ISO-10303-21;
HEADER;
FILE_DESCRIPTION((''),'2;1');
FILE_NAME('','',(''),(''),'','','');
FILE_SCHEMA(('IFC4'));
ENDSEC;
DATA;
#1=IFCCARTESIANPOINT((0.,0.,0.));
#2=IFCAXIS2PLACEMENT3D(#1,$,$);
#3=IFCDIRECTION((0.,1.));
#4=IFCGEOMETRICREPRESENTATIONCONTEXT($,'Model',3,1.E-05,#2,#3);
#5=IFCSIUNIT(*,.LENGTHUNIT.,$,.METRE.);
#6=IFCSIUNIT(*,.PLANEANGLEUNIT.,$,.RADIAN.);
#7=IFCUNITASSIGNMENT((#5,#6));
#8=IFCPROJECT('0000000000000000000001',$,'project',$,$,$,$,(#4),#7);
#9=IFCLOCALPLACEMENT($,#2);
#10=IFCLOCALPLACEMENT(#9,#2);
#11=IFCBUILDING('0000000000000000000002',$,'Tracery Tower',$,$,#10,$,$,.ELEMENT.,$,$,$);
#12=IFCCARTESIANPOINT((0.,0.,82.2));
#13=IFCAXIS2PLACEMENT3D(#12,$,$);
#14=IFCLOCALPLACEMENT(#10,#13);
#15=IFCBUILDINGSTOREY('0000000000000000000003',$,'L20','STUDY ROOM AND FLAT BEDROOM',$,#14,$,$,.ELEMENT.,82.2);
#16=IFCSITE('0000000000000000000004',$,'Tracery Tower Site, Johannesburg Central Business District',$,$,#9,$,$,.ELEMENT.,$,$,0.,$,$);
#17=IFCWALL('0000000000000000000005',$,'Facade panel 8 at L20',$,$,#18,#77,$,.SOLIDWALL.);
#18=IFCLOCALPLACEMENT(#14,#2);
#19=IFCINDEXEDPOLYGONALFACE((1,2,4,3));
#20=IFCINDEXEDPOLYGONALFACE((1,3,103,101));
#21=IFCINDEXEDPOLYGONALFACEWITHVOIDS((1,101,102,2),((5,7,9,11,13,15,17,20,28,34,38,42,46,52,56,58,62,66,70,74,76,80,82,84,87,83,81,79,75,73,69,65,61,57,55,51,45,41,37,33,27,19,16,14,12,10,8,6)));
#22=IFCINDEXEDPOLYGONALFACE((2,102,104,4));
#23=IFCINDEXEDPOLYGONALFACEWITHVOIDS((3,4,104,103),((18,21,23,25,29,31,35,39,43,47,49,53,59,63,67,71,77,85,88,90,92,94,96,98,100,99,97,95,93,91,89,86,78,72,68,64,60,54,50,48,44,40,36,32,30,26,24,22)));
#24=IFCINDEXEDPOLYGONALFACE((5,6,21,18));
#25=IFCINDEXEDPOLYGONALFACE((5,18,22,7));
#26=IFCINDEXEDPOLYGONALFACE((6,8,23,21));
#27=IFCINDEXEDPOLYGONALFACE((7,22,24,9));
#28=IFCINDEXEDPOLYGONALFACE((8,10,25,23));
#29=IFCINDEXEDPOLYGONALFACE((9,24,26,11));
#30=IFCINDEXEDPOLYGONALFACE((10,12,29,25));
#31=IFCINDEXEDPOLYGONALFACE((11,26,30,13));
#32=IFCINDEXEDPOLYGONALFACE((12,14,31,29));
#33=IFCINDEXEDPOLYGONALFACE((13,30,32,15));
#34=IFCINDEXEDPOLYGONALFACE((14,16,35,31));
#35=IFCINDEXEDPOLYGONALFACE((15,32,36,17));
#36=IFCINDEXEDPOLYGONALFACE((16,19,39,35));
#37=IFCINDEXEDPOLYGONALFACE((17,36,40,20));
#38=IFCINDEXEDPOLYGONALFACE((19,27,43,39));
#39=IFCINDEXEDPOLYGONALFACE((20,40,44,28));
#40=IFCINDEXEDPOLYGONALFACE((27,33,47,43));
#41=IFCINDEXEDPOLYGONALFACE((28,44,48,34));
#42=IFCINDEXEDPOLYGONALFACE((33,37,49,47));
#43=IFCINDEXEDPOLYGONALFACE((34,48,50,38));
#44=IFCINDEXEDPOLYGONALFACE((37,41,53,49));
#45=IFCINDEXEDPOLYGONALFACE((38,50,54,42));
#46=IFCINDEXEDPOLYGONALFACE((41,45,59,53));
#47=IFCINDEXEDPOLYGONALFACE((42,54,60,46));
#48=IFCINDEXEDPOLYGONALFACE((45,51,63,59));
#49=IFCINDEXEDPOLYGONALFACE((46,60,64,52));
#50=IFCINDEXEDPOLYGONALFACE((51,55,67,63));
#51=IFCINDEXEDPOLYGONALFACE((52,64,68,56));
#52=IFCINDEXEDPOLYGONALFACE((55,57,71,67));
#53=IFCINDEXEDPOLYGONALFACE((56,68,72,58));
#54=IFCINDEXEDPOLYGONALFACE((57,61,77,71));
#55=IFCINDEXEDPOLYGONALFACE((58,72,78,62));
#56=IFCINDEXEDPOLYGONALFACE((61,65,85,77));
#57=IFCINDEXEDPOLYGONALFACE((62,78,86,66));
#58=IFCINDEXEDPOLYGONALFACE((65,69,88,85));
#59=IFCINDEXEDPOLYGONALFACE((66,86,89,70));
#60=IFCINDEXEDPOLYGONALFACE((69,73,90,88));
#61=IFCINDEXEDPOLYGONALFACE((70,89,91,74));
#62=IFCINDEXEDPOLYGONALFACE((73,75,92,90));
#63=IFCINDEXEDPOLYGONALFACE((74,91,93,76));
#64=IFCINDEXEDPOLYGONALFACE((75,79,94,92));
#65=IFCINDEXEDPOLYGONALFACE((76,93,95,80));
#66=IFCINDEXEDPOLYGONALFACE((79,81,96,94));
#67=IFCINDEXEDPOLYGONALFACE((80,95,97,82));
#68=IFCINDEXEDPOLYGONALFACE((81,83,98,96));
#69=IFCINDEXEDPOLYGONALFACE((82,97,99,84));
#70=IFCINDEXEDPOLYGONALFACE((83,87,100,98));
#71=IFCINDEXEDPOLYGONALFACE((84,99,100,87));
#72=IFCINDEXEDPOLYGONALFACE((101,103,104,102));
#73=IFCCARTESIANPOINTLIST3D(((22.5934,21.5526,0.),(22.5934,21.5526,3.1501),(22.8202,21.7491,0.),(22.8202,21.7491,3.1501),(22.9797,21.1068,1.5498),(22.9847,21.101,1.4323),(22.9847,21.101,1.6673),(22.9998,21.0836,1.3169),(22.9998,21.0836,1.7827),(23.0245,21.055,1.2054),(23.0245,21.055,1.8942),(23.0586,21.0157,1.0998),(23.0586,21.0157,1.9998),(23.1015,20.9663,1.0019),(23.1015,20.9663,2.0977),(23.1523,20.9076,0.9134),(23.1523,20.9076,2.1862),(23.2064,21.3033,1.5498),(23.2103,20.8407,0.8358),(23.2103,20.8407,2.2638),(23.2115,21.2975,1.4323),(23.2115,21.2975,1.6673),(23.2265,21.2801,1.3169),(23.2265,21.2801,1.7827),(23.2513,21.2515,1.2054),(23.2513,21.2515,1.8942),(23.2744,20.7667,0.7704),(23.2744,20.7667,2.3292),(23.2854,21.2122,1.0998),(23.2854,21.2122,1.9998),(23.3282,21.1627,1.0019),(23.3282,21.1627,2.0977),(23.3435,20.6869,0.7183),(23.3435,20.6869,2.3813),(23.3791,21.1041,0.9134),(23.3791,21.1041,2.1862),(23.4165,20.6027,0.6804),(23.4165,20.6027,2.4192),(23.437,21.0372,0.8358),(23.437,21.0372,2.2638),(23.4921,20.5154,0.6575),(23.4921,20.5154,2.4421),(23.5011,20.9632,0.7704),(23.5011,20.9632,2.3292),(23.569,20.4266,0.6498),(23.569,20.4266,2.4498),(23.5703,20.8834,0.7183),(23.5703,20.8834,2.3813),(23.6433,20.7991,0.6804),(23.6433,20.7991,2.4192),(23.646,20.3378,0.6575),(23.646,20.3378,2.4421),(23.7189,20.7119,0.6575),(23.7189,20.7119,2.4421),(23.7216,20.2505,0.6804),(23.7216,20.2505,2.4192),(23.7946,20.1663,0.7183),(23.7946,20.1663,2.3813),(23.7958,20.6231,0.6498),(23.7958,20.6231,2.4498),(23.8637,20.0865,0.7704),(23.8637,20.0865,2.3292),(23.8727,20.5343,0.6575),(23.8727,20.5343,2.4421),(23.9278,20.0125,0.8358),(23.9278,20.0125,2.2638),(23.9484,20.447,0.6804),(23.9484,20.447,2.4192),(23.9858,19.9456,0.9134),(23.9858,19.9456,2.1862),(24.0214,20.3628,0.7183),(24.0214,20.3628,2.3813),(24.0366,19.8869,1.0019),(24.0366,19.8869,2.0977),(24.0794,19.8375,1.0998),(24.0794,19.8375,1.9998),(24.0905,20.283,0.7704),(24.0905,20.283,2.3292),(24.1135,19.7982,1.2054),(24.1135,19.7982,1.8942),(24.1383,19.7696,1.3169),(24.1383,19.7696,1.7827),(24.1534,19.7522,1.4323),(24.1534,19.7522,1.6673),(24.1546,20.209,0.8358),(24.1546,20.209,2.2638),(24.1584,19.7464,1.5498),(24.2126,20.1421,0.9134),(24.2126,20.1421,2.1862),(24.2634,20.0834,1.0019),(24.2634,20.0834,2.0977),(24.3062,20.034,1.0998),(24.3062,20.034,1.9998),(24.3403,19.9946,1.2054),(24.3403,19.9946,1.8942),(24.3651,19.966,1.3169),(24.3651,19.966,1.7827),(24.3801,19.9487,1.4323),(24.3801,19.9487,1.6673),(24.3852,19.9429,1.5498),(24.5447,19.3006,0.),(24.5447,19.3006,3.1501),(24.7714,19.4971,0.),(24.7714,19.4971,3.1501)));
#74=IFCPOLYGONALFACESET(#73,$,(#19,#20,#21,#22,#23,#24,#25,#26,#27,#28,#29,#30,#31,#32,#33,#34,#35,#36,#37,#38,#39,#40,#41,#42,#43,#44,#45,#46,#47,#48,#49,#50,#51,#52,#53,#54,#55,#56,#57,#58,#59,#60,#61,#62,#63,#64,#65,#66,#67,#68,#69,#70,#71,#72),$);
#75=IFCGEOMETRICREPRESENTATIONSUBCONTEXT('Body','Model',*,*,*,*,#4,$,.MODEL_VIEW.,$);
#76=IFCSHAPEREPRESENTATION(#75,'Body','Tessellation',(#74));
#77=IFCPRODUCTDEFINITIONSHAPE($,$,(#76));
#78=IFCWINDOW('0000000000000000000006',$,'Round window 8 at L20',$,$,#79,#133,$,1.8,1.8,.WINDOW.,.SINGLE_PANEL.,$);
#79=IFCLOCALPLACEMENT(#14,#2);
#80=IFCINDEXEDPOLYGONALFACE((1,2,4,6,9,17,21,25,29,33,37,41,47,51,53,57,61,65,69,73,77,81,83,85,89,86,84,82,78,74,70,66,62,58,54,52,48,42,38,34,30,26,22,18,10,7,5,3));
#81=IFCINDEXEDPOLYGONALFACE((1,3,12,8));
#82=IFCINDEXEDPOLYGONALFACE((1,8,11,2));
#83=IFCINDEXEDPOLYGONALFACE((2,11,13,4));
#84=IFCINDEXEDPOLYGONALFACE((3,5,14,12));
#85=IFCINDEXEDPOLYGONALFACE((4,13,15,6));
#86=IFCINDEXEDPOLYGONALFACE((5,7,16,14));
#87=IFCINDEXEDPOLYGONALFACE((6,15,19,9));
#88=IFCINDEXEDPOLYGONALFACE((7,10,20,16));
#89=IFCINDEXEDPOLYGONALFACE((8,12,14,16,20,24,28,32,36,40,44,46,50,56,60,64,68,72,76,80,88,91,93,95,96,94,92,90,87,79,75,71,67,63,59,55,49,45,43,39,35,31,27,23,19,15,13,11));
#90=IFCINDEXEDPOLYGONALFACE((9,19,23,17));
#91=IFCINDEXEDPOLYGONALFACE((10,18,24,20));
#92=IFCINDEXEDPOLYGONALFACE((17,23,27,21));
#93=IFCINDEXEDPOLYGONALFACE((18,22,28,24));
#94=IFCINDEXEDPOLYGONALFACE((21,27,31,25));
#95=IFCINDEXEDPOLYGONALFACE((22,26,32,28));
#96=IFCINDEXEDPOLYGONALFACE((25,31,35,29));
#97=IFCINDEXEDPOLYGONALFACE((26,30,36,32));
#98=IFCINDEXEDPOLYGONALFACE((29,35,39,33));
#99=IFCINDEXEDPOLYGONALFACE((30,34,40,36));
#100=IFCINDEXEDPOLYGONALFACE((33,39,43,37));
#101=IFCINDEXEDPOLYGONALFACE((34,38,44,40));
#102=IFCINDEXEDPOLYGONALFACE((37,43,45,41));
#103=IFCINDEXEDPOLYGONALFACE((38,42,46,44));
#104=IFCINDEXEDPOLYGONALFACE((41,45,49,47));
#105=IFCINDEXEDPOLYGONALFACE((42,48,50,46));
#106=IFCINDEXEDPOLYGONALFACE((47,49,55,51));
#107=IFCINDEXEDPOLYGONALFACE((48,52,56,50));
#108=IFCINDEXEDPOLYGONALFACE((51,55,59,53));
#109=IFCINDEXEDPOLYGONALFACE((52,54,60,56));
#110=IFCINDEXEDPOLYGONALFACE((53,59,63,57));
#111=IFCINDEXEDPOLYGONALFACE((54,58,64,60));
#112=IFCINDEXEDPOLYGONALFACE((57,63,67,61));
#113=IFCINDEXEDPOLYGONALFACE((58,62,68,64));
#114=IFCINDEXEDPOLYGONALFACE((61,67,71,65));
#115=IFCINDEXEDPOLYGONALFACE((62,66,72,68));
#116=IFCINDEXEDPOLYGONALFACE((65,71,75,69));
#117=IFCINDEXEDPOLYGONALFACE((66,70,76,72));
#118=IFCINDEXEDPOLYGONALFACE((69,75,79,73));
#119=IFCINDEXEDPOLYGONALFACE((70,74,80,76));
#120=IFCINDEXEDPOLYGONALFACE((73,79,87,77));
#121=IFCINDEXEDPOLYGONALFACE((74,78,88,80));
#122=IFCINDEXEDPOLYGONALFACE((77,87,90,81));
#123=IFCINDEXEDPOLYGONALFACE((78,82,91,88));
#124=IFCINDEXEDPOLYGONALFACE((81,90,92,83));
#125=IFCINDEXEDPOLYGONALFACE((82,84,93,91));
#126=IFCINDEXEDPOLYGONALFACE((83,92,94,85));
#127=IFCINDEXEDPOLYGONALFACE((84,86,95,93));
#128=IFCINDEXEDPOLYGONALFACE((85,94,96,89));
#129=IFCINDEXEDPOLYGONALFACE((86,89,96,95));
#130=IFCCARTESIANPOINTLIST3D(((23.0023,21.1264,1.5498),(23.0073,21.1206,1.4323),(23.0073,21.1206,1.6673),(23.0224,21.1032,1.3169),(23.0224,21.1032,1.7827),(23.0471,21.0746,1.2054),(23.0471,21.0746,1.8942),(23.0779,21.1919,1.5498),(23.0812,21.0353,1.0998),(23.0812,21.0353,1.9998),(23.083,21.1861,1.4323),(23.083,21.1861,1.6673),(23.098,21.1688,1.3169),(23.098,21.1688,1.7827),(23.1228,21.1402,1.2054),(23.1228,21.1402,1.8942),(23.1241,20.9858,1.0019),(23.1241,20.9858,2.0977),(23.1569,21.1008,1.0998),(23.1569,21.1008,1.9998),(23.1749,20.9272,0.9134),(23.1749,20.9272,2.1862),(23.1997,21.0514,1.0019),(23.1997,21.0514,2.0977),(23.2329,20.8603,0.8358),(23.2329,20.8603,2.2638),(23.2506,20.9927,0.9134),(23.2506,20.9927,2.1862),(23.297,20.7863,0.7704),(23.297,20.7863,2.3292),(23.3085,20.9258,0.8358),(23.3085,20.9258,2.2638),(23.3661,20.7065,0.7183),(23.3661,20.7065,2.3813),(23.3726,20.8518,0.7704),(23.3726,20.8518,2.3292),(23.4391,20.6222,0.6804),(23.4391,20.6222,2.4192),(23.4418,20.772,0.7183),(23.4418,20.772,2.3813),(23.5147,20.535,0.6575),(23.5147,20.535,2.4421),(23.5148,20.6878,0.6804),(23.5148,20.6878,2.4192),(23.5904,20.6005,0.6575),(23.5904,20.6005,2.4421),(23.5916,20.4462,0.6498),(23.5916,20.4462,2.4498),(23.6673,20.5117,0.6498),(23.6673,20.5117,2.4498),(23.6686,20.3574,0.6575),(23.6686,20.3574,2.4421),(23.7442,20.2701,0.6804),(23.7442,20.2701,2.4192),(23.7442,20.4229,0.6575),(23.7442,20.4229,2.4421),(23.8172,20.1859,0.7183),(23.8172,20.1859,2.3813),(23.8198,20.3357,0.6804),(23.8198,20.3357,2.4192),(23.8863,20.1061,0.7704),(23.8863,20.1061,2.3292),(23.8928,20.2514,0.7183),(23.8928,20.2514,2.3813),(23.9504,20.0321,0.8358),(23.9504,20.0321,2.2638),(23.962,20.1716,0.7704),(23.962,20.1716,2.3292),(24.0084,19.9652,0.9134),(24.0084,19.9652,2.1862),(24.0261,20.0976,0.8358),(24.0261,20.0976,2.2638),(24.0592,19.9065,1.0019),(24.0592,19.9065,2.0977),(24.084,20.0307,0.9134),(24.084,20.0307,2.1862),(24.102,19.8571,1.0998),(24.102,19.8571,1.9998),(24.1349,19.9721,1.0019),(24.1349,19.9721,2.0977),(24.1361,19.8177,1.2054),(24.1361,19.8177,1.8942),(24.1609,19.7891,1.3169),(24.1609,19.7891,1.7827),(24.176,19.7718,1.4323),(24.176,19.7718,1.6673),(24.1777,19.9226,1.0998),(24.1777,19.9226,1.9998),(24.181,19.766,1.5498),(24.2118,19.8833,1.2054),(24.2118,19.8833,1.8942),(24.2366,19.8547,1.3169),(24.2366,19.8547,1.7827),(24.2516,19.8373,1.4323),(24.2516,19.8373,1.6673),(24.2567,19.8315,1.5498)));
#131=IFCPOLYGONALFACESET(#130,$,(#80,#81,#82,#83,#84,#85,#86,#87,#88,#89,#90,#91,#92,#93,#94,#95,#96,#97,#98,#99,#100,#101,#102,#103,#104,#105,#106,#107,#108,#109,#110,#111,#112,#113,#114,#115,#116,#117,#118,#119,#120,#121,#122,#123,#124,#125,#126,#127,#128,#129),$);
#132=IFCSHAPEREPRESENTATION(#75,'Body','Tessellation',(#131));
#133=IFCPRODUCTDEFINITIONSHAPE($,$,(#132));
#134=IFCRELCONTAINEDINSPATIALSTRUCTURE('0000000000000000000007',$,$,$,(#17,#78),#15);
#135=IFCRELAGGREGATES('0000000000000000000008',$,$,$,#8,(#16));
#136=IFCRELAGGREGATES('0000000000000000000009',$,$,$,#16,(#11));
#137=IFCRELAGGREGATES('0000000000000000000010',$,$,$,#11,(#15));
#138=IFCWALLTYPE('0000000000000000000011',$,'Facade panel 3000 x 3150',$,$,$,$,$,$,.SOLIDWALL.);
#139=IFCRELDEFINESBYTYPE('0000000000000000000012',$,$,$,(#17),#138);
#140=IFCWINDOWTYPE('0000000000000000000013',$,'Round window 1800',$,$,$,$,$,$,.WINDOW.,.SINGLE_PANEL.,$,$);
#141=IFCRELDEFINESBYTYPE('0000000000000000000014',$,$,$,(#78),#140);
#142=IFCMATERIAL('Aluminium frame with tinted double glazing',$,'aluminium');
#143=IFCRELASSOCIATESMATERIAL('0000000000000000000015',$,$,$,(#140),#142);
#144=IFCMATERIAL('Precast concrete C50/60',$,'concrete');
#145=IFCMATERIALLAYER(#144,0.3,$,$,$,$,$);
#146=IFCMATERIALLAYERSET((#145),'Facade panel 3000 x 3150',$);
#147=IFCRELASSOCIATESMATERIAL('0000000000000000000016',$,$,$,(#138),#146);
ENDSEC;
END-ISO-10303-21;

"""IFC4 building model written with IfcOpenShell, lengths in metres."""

from ifc_helpers import new_model, si_unit, direction, frame, frame_2d, origin, origin_2d, place, context, subcontext, project, spatial, rectangle, circle, extrude, material, layer, layer_set, type_object, element, fill, save


model = new_model("IFC4")

# Units and contexts
model_context = context("Model", 3, precision=1e-05, world=origin(), true_north=direction((0.0, 1.0)))
body_context = subcontext(model_context, "Body", "Model", "MODEL_VIEW")
ifc_project = project(units=[si_unit("LENGTHUNIT", "METRE"), si_unit("PLANEANGLEUNIT", "RADIAN")], contexts=[model_context])

# Site, building, storey
site_placement = place(None, origin())
site = spatial("IfcSite", under=ifc_project, at=site_placement, Name="Tracery Tower Site, Johannesburg Central Business District", CompositionType="ELEMENT", RefElevation=0.0)
building_placement = place(site_placement, origin())
building = spatial("IfcBuilding", under=site, at=building_placement, Name="Tracery Tower", CompositionType="ELEMENT")
storey_placement = place(building_placement, frame((0.0, 0.0, 82.2)))
storey = spatial("IfcBuildingStorey", under=building, at=storey_placement, Name="L20", Description="STUDY ROOM AND FLAT BEDROOM", CompositionType="ELEMENT", Elevation=82.2)

# Wall, opening, window
ifc_material_1 = material(Name="Aluminium frame with tinted double glazing", Category="aluminium")
window_type = type_object("IfcWindowType", Name="Round window 1800", PartitioningType="SINGLE_PANEL", PredefinedType="WINDOW", material=ifc_material_1)
ifc_material_2 = material(Name="Precast concrete C50/60", Category="concrete")
ifc_layer_1 = layer(ifc_material_2, 0.3)
ifc_layer_set_1 = layer_set([ifc_layer_1], Name="Facade panel 3000 x 3150")
wall_type_1 = type_object("IfcWallType", Name="Facade panel 3000 x 3150", PredefinedType="SOLIDWALL", material=ifc_layer_set_1)
wall_1_placement = place(storey_placement, frame((24.658, 19.3989, 0.0), z_axis=(0.0, 0.0, 1.0), x_axis=(-0.654831, 0.755776, 0.0)))
wall_1 = element("IfcWall", 1, at=wall_1_placement, inside=storey, type_object=wall_type_1, Name="Facade panel 8 at L20", PredefinedType="SOLIDWALL", context=body_context, shape_type="SweptSolid", body=[
    extrude(rectangle(XDim=2.9797, YDim=0.3, at=frame_2d((1.4897, 0.0))), origin(), (0.0, 0.0, 1.0), 3.1501),
])
opening_1_placement = place(wall_1_placement, frame((1.4897, 0.0, 1.5498)))
opening_1 = element("IfcOpeningElement", 2, at=opening_1_placement, cuts=wall_1, PredefinedType="OPENING", context=body_context, shape_type="SweptSolid", body=[
    extrude(circle(Radius=0.9, at=origin_2d()), frame((0.0, 0.1599, 0.0), z_axis=(0.0, -1.0, 0.0), x_axis=(1.0, 0.0, 0.0)), (0.0, 0.0, 1.0), 0.3201),
])
window_1_placement = place(opening_1_placement, origin())
window_1 = element("IfcWindow", 3, at=window_1_placement, inside=storey, type_object=window_type, Name="Round window 8 at L20", OverallHeight=1.8, OverallWidth=1.8, PartitioningType="SINGLE_PANEL", PredefinedType="WINDOW", context=body_context, shape_type="SweptSolid", body=[
    extrude(circle(Radius=0.9, at=origin_2d()), frame((0.0, 0.1201, 0.0), z_axis=(0.0, -1.0, 0.0), x_axis=(1.0, 0.0, 0.0)), (0.0, 0.0, 1.0), 0.1001),
])
fill(opening_1, window_1)

save(model, "model.ifc")
